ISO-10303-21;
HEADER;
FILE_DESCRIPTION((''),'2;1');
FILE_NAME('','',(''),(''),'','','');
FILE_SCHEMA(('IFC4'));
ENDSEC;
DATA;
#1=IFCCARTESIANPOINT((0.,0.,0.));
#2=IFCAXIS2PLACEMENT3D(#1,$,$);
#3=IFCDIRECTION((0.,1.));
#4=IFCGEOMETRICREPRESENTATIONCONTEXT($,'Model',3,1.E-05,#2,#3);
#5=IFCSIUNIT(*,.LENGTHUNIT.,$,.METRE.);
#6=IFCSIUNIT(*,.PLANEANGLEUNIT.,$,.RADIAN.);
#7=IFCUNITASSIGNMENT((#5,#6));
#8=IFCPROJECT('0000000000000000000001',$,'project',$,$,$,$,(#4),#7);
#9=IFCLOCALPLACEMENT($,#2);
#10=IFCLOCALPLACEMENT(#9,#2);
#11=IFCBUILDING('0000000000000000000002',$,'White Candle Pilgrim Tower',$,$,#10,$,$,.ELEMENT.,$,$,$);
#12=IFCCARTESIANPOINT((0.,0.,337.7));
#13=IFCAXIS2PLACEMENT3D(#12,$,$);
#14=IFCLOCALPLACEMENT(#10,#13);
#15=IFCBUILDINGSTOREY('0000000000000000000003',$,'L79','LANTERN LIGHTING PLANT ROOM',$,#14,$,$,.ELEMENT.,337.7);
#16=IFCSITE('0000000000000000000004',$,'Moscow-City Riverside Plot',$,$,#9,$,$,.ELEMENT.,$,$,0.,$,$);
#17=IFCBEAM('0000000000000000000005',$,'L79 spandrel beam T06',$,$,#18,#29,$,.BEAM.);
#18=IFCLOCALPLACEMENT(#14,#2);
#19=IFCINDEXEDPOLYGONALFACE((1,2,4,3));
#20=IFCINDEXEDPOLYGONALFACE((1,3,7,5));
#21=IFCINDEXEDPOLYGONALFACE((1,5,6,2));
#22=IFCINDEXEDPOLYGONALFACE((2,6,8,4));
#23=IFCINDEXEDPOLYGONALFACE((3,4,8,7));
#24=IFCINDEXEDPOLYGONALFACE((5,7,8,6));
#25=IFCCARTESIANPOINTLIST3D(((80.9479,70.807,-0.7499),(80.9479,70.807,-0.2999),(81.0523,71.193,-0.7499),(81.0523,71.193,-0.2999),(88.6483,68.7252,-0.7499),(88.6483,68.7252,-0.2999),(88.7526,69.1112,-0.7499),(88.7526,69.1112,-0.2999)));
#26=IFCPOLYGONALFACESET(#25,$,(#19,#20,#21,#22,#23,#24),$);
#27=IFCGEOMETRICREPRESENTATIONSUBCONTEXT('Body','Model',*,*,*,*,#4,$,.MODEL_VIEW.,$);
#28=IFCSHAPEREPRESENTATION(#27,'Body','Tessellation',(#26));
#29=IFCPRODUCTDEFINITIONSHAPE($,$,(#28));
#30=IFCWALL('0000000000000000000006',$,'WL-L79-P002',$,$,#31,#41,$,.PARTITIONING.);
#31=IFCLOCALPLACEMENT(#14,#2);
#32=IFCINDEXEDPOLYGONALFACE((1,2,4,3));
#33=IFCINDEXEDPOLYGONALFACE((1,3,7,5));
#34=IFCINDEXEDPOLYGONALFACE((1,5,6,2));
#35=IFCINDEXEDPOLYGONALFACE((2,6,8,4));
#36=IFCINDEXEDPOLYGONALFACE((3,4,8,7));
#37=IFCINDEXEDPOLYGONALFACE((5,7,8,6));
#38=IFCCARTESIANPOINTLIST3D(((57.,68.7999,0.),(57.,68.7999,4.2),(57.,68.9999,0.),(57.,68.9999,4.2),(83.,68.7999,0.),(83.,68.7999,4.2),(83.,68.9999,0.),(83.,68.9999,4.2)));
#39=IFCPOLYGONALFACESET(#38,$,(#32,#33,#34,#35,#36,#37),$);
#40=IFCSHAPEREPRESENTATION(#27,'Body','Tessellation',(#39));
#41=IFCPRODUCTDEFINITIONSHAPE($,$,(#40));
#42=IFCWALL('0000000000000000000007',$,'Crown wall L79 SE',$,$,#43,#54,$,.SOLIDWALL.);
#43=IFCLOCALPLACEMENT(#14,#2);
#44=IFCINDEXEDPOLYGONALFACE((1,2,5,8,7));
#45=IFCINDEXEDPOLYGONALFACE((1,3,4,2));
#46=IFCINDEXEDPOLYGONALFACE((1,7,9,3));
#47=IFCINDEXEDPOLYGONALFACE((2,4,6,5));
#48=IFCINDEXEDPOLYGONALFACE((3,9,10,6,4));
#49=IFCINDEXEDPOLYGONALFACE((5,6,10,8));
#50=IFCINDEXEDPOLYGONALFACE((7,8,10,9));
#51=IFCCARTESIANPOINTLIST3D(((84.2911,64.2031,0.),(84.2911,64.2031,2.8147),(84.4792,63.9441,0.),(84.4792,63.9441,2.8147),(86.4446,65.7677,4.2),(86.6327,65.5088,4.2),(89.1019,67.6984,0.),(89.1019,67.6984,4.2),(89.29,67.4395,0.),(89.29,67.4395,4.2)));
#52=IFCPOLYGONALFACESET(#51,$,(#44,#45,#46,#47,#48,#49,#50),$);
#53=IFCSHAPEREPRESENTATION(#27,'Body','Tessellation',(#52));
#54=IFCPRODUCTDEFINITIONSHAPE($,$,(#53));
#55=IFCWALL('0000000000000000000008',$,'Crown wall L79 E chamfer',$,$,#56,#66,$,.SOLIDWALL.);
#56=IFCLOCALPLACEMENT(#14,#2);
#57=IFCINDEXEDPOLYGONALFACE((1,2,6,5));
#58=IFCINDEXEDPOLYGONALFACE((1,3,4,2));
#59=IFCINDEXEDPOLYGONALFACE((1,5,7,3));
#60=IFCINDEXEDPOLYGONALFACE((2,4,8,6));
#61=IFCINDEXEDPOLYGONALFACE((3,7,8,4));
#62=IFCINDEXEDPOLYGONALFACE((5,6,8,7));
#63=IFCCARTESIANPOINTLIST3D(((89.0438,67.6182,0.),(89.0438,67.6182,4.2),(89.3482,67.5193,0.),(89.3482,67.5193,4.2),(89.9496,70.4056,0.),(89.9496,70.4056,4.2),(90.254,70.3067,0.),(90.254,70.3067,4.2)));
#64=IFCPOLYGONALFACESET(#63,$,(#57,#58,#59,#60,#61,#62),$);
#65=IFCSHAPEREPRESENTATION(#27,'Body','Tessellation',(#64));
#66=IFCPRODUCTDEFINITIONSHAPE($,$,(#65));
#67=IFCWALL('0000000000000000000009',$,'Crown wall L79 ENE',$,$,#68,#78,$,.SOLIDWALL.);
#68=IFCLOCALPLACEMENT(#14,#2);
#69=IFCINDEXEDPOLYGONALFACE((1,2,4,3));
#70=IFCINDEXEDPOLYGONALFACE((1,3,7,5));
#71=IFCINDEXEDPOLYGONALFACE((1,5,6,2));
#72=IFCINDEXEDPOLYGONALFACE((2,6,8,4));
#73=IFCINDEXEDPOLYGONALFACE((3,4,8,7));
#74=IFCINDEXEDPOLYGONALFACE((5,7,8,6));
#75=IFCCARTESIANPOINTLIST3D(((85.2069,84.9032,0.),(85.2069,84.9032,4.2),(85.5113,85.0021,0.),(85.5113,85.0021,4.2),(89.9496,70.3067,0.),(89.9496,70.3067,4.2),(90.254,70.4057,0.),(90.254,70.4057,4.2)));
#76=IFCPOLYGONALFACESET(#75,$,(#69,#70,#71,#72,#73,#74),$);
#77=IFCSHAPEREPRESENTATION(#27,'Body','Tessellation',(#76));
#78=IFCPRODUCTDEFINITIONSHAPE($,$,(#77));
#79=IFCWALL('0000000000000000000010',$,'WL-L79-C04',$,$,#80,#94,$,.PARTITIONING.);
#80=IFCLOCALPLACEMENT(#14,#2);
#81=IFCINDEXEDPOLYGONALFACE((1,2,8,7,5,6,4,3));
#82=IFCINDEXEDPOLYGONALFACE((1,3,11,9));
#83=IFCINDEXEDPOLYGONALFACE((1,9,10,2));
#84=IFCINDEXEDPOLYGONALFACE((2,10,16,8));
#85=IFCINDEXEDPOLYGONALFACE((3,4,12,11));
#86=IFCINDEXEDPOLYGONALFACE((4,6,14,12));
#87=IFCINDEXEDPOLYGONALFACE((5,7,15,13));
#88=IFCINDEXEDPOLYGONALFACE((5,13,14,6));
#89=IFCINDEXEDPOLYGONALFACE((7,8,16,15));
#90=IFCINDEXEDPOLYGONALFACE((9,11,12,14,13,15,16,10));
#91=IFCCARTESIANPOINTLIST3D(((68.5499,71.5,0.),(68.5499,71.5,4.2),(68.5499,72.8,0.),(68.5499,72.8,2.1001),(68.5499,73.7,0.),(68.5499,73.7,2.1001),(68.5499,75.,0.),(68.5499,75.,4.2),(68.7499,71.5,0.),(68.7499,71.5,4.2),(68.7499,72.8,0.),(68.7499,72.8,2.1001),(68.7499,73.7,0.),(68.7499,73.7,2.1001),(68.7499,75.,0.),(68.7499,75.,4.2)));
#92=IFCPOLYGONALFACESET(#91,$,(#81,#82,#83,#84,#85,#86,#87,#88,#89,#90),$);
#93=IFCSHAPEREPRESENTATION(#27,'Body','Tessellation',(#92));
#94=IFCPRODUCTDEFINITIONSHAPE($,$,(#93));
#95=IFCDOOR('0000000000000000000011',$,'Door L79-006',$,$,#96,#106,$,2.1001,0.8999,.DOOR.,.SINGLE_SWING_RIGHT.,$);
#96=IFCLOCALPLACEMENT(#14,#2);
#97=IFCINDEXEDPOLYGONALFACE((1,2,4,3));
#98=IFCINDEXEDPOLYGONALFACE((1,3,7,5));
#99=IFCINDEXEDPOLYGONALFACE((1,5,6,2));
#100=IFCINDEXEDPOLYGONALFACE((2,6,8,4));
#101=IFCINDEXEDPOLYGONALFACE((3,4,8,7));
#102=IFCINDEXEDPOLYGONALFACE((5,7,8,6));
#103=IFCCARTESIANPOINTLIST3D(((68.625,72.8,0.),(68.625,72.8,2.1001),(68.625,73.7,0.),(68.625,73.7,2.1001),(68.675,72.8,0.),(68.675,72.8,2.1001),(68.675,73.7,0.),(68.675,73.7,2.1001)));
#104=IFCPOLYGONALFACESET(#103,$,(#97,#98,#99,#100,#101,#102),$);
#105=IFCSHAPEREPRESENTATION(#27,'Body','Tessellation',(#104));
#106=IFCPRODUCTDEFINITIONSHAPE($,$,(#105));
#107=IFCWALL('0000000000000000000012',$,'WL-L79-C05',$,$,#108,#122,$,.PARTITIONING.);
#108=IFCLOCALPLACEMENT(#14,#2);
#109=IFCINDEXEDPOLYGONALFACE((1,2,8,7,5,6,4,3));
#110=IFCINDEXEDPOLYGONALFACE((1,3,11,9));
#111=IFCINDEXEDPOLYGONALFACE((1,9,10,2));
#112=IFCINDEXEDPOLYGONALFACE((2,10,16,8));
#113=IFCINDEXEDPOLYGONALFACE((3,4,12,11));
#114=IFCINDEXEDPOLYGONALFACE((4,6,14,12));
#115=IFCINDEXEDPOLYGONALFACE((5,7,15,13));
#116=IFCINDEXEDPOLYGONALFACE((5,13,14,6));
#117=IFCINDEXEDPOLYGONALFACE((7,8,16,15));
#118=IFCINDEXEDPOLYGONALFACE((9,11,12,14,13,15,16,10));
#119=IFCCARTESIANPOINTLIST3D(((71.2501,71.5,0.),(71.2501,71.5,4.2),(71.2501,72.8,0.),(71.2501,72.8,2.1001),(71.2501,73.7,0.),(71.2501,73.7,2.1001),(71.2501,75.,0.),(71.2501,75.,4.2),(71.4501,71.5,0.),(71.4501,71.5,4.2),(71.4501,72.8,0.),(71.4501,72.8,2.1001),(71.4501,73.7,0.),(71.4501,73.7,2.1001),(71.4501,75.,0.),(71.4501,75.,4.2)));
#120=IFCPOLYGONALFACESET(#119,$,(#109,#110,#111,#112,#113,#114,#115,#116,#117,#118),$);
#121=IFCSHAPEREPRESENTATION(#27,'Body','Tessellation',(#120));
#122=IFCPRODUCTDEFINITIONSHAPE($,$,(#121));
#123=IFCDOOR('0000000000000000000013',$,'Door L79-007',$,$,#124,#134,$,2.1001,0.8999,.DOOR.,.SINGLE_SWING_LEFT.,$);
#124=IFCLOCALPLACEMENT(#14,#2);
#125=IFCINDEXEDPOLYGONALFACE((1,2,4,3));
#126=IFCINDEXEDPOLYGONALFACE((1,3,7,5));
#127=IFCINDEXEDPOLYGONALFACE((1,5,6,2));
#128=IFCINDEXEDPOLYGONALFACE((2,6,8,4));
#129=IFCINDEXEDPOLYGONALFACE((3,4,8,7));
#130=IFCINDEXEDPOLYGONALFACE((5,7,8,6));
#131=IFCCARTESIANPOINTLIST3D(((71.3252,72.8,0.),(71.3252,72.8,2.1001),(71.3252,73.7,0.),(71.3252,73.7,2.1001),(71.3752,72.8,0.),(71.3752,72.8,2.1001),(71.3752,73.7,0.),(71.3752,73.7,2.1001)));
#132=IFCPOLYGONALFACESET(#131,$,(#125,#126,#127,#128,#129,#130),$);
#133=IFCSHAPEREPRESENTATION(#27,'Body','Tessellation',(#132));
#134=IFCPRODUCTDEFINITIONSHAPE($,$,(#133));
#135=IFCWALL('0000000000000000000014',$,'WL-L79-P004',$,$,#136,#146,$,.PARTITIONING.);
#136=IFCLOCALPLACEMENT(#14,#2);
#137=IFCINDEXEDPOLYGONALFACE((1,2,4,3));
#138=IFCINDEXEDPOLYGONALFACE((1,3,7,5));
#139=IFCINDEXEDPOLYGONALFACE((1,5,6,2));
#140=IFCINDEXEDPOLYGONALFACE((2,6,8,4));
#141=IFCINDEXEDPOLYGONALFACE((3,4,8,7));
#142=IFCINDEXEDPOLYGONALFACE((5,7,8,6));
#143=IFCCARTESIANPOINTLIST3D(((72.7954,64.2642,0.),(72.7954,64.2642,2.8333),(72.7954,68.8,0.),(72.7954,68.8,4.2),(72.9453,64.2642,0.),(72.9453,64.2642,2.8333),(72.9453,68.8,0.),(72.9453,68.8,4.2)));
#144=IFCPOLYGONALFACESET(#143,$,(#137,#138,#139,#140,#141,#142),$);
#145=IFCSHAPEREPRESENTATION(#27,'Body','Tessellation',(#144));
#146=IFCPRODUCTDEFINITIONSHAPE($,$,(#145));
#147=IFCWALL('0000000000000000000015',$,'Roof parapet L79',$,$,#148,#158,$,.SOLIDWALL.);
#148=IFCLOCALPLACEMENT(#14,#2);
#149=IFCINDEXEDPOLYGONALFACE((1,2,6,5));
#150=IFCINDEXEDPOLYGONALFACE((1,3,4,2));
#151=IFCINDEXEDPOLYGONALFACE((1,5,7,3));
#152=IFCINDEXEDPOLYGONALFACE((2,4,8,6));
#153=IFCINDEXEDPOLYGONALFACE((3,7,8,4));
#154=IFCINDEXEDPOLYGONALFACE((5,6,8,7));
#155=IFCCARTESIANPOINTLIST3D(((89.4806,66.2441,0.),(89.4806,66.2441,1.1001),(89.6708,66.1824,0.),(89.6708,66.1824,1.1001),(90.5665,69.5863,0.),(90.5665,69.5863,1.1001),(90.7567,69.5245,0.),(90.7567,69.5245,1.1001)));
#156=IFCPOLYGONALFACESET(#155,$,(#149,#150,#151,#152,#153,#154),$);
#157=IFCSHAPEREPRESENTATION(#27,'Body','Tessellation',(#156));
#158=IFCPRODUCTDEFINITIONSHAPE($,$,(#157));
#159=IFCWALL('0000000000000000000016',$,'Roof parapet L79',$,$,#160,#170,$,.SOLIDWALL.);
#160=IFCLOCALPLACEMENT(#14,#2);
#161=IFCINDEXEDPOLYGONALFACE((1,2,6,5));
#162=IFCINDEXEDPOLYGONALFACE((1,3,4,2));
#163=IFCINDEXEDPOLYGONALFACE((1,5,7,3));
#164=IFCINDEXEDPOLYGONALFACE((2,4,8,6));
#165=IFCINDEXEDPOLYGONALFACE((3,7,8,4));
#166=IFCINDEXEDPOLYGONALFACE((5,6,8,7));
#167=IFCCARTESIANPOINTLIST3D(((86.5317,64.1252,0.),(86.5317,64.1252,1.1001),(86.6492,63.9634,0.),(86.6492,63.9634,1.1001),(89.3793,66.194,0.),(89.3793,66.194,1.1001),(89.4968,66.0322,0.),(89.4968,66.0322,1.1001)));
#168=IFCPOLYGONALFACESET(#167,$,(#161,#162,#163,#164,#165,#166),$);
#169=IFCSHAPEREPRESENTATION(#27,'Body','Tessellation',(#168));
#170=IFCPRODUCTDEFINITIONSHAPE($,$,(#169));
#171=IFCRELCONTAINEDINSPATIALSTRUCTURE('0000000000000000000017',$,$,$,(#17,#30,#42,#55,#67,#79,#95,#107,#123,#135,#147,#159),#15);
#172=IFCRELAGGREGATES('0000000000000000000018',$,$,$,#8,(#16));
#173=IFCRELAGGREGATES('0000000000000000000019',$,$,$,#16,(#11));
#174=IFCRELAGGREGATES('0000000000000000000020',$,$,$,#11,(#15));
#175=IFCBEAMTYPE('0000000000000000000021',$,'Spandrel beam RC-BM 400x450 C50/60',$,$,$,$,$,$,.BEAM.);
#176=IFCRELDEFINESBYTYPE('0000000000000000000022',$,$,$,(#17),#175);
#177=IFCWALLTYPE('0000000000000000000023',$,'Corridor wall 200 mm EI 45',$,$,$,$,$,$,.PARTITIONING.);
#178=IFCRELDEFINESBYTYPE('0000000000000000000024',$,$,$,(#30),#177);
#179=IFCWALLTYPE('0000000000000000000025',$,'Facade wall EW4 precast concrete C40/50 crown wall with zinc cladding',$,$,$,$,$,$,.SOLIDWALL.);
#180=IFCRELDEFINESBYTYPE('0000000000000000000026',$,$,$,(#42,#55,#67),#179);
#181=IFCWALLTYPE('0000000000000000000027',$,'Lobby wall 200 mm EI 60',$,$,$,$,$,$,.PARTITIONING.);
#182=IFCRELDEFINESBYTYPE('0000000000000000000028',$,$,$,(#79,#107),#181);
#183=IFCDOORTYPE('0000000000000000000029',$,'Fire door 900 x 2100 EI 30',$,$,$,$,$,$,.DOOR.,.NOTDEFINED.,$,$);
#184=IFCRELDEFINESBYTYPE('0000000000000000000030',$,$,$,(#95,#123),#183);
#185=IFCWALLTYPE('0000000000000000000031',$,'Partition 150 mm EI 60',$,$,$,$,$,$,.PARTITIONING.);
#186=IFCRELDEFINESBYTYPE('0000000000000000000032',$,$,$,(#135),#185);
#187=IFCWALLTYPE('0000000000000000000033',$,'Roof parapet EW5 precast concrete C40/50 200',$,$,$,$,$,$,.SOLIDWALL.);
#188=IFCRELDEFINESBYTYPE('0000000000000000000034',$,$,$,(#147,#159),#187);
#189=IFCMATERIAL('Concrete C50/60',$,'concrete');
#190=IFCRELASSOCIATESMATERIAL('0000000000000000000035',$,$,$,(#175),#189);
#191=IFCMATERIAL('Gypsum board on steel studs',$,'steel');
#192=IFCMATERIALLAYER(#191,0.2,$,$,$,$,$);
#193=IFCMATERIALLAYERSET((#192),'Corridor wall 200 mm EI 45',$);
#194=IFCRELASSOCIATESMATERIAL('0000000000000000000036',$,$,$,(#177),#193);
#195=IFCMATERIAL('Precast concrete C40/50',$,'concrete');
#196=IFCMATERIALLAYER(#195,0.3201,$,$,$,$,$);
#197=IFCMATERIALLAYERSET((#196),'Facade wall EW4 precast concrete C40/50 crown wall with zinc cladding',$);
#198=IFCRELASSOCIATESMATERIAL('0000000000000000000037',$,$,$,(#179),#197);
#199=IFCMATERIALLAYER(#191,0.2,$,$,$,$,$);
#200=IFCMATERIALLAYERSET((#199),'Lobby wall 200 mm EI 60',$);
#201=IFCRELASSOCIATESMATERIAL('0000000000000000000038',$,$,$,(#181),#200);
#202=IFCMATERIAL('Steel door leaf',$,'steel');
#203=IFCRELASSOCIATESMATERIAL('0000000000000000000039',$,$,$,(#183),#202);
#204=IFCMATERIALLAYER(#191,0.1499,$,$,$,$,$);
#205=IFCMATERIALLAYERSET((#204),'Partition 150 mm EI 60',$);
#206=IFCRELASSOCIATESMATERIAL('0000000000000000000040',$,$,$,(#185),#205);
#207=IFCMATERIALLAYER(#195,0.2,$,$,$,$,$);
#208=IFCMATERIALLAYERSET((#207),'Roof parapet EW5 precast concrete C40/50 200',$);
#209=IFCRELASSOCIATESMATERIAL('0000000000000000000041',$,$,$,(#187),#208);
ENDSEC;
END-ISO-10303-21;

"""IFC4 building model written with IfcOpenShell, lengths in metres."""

from ifc_helpers import new_model, si_unit, direction, frame, frame_2d, origin, origin_2d, place, context, subcontext, project, spatial, polyline, rectangle, outline, extrude, material, layer, layer_set, material_profile, profile_set, type_object, element, fill, save


model = new_model("IFC4")

# Units and contexts
model_context = context("Model", 3, precision=1e-05, world=origin(), true_north=direction((0.0, 1.0)))
body_context = subcontext(model_context, "Body", "Model", "MODEL_VIEW")
ifc_project = project(units=[si_unit("LENGTHUNIT", "METRE"), si_unit("PLANEANGLEUNIT", "RADIAN")], contexts=[model_context])

# Site, building, storey
site_placement = place(None, origin())
site = spatial("IfcSite", under=ifc_project, at=site_placement, Name="Moscow-City Riverside Plot", CompositionType="ELEMENT", RefElevation=0.0)
building_placement = place(site_placement, origin())
building = spatial("IfcBuilding", under=site, at=building_placement, Name="White Candle Pilgrim Tower", CompositionType="ELEMENT")
storey_placement = place(building_placement, frame((0.0, 0.0, 337.7)))
storey = spatial("IfcBuildingStorey", under=building, at=storey_placement, Name="L79", Description="LANTERN LIGHTING PLANT ROOM", CompositionType="ELEMENT", Elevation=337.7)

# Beam
ifc_material_1 = material(Name="Concrete C50/60", Category="concrete")
ifc_material_profile_1 = material_profile(ifc_material_1, rectangle(XDim=0.3999, YDim=0.45, at=origin_2d()), Name="RC-BM 400x450")
ifc_profile_set_1 = profile_set([ifc_material_profile_1], Name="Concrete C50/60")
beam_type = type_object("IfcBeamType", Name="Spandrel beam RC-BM 400x450 C50/60", PredefinedType="BEAM", material=ifc_profile_set_1)
beam_1_placement = place(storey_placement, frame((88.7004, 68.9182, -0.5249), z_axis=(-0.965345, 0.260978, 0.0), x_axis=(-0.260978, -0.965345, 0.0)))
element("IfcBeam", 1, at=beam_1_placement, inside=storey, type_object=beam_type, Name="L79 spandrel beam T06", PredefinedType="BEAM", context=body_context, shape_type="SweptSolid", body=[
    extrude(rectangle(XDim=0.3999, YDim=0.45, at=origin_2d()), origin(), (0.0, 0.0, 1.0), 7.9768),
])

# Walls
ifc_material_2 = material(Name="Gypsum board on steel studs", Category="steel")
ifc_layer_1 = layer(ifc_material_2, 0.2)
ifc_layer_set_1 = layer_set([ifc_layer_1], Name="Corridor wall 200 mm EI 45")
wall_type_1 = type_object("IfcWallType", Name="Corridor wall 200 mm EI 45", PredefinedType="PARTITIONING", material=ifc_layer_set_1)
wall_1_placement = place(storey_placement, frame((83.0, 68.8999, 0.0), z_axis=(0.0, 0.0, 1.0), x_axis=(-1.0, 0.0, 0.0)))
element("IfcWall", 2, at=wall_1_placement, inside=storey, type_object=wall_type_1, Name="WL-L79-P002", PredefinedType="PARTITIONING", context=body_context, shape_type="SweptSolid", body=[
    extrude(rectangle(XDim=26.0, YDim=0.2, at=frame_2d((13.0, 0.0))), origin(), (0.0, 0.0, 1.0), 4.2),
])
ifc_material_3 = material(Name="Precast concrete C40/50", Category="concrete")
ifc_layer_2 = layer(ifc_material_3, 0.3201)
ifc_layer_set_2 = layer_set([ifc_layer_2], Name="Facade wall EW4 precast concrete C40/50 crown wall with zinc cladding")
wall_type_2 = type_object("IfcWallType", Name="Facade wall EW4 precast concrete C40/50 crown wall with zinc cladding", PredefinedType="SOLIDWALL", material=ifc_layer_set_2)
wall_2_placement = place(storey_placement, frame((84.3853, 64.0735, 0.0), z_axis=(0.0, 0.0, 1.0), x_axis=(0.809008, 0.587798, 0.0)))
element("IfcWall", 3, at=wall_2_placement, inside=storey, type_object=wall_type_2, Name="Crown wall L79 SE", PredefinedType="SOLIDWALL", context=body_context, shape_type="SweptSolid", body=[
    extrude(outline(polyline([(0.0, 0.0), (5.9465, 0.0), (5.9465, 4.2), (2.6619, 4.2), (0.0, 2.8147), (0.0, 0.0)])), frame((0.0, 0.1602, 0.0), z_axis=(0.0, -1.0, 0.0), x_axis=(1.0, 0.0, 0.0)), (0.0, 0.0, 1.0), 0.3201),
])
wall_3_placement = place(storey_placement, frame((89.196, 67.5688, 0.0), z_axis=(0.0, 0.0, 1.0), x_axis=(0.309047, 0.951047, 0.0)))
element("IfcWall", 4, at=wall_3_placement, inside=storey, type_object=wall_type_2, Name="Crown wall L79 E chamfer", PredefinedType="SOLIDWALL", context=body_context, shape_type="SweptSolid", body=[
    extrude(rectangle(XDim=2.9309, YDim=0.3201, at=frame_2d((1.4653, 0.0))), origin(), (0.0, 0.0, 1.0), 4.2),
])
wall_4_placement = place(storey_placement, frame((90.1018, 70.3562, 0.0), z_axis=(0.0, 0.0, 1.0), x_axis=(-0.309017, 0.951056, 0.0)))
element("IfcWall", 5, at=wall_4_placement, inside=storey, type_object=wall_type_2, Name="Crown wall L79 ENE", PredefinedType="SOLIDWALL", context=body_context, shape_type="SweptSolid", body=[
    extrude(rectangle(XDim=15.3477, YDim=0.3201, at=frame_2d((7.6738, 0.0))), origin(), (0.0, 0.0, 1.0), 4.2),
])

# Walls, openings, doors
ifc_layer_3 = layer(ifc_material_2, 0.2)
ifc_layer_set_3 = layer_set([ifc_layer_3], Name="Lobby wall 200 mm EI 60")
wall_type_3 = type_object("IfcWallType", Name="Lobby wall 200 mm EI 60", PredefinedType="PARTITIONING", material=ifc_layer_set_3)
wall_5_placement = place(storey_placement, frame((68.6499, 71.5, 0.0), z_axis=(0.0, 0.0, 1.0), x_axis=(0.0, 1.0, 0.0)))
wall_5 = element("IfcWall", 6, at=wall_5_placement, inside=storey, type_object=wall_type_3, Name="WL-L79-C04", PredefinedType="PARTITIONING", context=body_context, shape_type="SweptSolid", body=[
    extrude(rectangle(XDim=3.5, YDim=0.2, at=frame_2d((1.75, 0.0))), origin(), (0.0, 0.0, 1.0), 4.2),
])
opening_1_placement = place(wall_5_placement, frame((1.3, 0.0, 0.0)))
opening_1 = element("IfcOpeningElement", 7, at=opening_1_placement, cuts=wall_5, PredefinedType="OPENING", context=body_context, shape_type="SweptSolid", body=[
    extrude(rectangle(XDim=0.8999, YDim=2.1001, at=frame_2d((0.45, 1.05))), frame((0.0, 0.1099, 0.0), z_axis=(0.0, -1.0, 0.0), x_axis=(1.0, 0.0, 0.0)), (0.0, 0.0, 1.0), 0.22),
])
ifc_material_4 = material(Name="Steel door leaf", Category="steel")
door_type = type_object("IfcDoorType", Name="Fire door 900 x 2100 EI 30", OperationType="NOTDEFINED", PredefinedType="DOOR", material=ifc_material_4)
door_1_placement = place(opening_1_placement, origin())
door_1 = element("IfcDoor", 8, at=door_1_placement, inside=storey, type_object=door_type, Name="Door L79-006", OperationType="SINGLE_SWING_RIGHT", OverallHeight=2.1001, OverallWidth=0.8999, PredefinedType="DOOR", context=body_context, shape_type="SweptSolid", body=[
    extrude(rectangle(XDim=0.8999, YDim=2.1001, at=frame_2d((0.45, 1.05))), frame((0.0, 0.0249, 0.0), z_axis=(0.0, -1.0, 0.0), x_axis=(1.0, 0.0, 0.0)), (0.0, 0.0, 1.0), 0.05),
])
fill(opening_1, door_1)
wall_6_placement = place(storey_placement, frame((71.3501, 71.5, 0.0), z_axis=(0.0, 0.0, 1.0), x_axis=(0.0, 1.0, 0.0)))
wall_6 = element("IfcWall", 9, at=wall_6_placement, inside=storey, type_object=wall_type_3, Name="WL-L79-C05", PredefinedType="PARTITIONING", context=body_context, shape_type="SweptSolid", body=[
    extrude(rectangle(XDim=3.5, YDim=0.2, at=frame_2d((1.75, 0.0))), origin(), (0.0, 0.0, 1.0), 4.2),
])
opening_2_placement = place(wall_6_placement, frame((1.3, 0.0, 0.0)))
opening_2 = element("IfcOpeningElement", 10, at=opening_2_placement, cuts=wall_6, PredefinedType="OPENING", context=body_context, shape_type="SweptSolid", body=[
    extrude(rectangle(XDim=0.8999, YDim=2.1001, at=frame_2d((0.45, 1.05))), frame((0.0, 0.1099, 0.0), z_axis=(0.0, -1.0, 0.0), x_axis=(1.0, 0.0, 0.0)), (0.0, 0.0, 1.0), 0.22),
])
door_2_placement = place(opening_2_placement, origin())
door_2 = element("IfcDoor", 11, at=door_2_placement, inside=storey, type_object=door_type, Name="Door L79-007", OperationType="SINGLE_SWING_LEFT", OverallHeight=2.1001, OverallWidth=0.8999, PredefinedType="DOOR", context=body_context, shape_type="SweptSolid", body=[
    extrude(rectangle(XDim=0.8999, YDim=2.1001, at=frame_2d((0.45, 1.05))), frame((0.0, 0.0249, 0.0), z_axis=(0.0, -1.0, 0.0), x_axis=(1.0, 0.0, 0.0)), (0.0, 0.0, 1.0), 0.05),
])
fill(opening_2, door_2)

# Walls
ifc_layer_4 = layer(ifc_material_2, 0.1499)
ifc_layer_set_4 = layer_set([ifc_layer_4], Name="Partition 150 mm EI 60")
wall_type_4 = type_object("IfcWallType", Name="Partition 150 mm EI 60", PredefinedType="PARTITIONING", material=ifc_layer_set_4)
wall_7_placement = place(storey_placement, frame((72.8704, 64.2642, 0.0), z_axis=(0.0, 0.0, 1.0), x_axis=(0.0, 1.0, 0.0)))
element("IfcWall", 12, at=wall_7_placement, inside=storey, type_object=wall_type_4, Name="WL-L79-P004", PredefinedType="PARTITIONING", context=body_context, shape_type="SweptSolid", body=[
    extrude(outline(polyline([(0.0, 0.0), (4.5359, 0.0), (4.5359, 4.2), (0.0, 2.8333), (0.0, 0.0)])), frame((0.0, 0.075, 0.0), z_axis=(0.0, -1.0, 0.0), x_axis=(1.0, 0.0, 0.0)), (0.0, 0.0, 1.0), 0.1499),
])
ifc_layer_5 = layer(ifc_material_3, 0.2)
ifc_layer_set_5 = layer_set([ifc_layer_5], Name="Roof parapet EW5 precast concrete C40/50 200")
wall_type_5 = type_object("IfcWallType", Name="Roof parapet EW5 precast concrete C40/50 200", PredefinedType="SOLIDWALL", material=ifc_layer_set_5)
wall_8_placement = place(storey_placement, frame((90.6616, 69.5554, 0.0), z_axis=(0.0, 0.0, 1.0), x_axis=(-0.309008, -0.95106, 0.0)))
element("IfcWall", 13, at=wall_8_placement, inside=storey, type_object=wall_type_5, Name="Roof parapet L79", PredefinedType="SOLIDWALL", context=body_context, shape_type="SweptSolid", body=[
    extrude(rectangle(XDim=3.5142, YDim=0.2, at=frame_2d((1.7571, 0.0))), origin(), (0.0, 0.0, 1.0), 1.1001),
])
wall_9_placement = place(storey_placement, frame((89.438, 66.113, 0.0), z_axis=(0.0, 0.0, 1.0), x_axis=(-0.80903, -0.587767, 0.0)))
element("IfcWall", 14, at=wall_9_placement, inside=storey, type_object=wall_type_5, Name="Roof parapet L79", PredefinedType="SOLIDWALL", context=body_context, shape_type="SweptSolid", body=[
    extrude(rectangle(XDim=3.5198, YDim=0.2, at=frame_2d((1.7598, 0.0))), origin(), (0.0, 0.0, 1.0), 1.1001),
])

save(model, "model.ifc")
